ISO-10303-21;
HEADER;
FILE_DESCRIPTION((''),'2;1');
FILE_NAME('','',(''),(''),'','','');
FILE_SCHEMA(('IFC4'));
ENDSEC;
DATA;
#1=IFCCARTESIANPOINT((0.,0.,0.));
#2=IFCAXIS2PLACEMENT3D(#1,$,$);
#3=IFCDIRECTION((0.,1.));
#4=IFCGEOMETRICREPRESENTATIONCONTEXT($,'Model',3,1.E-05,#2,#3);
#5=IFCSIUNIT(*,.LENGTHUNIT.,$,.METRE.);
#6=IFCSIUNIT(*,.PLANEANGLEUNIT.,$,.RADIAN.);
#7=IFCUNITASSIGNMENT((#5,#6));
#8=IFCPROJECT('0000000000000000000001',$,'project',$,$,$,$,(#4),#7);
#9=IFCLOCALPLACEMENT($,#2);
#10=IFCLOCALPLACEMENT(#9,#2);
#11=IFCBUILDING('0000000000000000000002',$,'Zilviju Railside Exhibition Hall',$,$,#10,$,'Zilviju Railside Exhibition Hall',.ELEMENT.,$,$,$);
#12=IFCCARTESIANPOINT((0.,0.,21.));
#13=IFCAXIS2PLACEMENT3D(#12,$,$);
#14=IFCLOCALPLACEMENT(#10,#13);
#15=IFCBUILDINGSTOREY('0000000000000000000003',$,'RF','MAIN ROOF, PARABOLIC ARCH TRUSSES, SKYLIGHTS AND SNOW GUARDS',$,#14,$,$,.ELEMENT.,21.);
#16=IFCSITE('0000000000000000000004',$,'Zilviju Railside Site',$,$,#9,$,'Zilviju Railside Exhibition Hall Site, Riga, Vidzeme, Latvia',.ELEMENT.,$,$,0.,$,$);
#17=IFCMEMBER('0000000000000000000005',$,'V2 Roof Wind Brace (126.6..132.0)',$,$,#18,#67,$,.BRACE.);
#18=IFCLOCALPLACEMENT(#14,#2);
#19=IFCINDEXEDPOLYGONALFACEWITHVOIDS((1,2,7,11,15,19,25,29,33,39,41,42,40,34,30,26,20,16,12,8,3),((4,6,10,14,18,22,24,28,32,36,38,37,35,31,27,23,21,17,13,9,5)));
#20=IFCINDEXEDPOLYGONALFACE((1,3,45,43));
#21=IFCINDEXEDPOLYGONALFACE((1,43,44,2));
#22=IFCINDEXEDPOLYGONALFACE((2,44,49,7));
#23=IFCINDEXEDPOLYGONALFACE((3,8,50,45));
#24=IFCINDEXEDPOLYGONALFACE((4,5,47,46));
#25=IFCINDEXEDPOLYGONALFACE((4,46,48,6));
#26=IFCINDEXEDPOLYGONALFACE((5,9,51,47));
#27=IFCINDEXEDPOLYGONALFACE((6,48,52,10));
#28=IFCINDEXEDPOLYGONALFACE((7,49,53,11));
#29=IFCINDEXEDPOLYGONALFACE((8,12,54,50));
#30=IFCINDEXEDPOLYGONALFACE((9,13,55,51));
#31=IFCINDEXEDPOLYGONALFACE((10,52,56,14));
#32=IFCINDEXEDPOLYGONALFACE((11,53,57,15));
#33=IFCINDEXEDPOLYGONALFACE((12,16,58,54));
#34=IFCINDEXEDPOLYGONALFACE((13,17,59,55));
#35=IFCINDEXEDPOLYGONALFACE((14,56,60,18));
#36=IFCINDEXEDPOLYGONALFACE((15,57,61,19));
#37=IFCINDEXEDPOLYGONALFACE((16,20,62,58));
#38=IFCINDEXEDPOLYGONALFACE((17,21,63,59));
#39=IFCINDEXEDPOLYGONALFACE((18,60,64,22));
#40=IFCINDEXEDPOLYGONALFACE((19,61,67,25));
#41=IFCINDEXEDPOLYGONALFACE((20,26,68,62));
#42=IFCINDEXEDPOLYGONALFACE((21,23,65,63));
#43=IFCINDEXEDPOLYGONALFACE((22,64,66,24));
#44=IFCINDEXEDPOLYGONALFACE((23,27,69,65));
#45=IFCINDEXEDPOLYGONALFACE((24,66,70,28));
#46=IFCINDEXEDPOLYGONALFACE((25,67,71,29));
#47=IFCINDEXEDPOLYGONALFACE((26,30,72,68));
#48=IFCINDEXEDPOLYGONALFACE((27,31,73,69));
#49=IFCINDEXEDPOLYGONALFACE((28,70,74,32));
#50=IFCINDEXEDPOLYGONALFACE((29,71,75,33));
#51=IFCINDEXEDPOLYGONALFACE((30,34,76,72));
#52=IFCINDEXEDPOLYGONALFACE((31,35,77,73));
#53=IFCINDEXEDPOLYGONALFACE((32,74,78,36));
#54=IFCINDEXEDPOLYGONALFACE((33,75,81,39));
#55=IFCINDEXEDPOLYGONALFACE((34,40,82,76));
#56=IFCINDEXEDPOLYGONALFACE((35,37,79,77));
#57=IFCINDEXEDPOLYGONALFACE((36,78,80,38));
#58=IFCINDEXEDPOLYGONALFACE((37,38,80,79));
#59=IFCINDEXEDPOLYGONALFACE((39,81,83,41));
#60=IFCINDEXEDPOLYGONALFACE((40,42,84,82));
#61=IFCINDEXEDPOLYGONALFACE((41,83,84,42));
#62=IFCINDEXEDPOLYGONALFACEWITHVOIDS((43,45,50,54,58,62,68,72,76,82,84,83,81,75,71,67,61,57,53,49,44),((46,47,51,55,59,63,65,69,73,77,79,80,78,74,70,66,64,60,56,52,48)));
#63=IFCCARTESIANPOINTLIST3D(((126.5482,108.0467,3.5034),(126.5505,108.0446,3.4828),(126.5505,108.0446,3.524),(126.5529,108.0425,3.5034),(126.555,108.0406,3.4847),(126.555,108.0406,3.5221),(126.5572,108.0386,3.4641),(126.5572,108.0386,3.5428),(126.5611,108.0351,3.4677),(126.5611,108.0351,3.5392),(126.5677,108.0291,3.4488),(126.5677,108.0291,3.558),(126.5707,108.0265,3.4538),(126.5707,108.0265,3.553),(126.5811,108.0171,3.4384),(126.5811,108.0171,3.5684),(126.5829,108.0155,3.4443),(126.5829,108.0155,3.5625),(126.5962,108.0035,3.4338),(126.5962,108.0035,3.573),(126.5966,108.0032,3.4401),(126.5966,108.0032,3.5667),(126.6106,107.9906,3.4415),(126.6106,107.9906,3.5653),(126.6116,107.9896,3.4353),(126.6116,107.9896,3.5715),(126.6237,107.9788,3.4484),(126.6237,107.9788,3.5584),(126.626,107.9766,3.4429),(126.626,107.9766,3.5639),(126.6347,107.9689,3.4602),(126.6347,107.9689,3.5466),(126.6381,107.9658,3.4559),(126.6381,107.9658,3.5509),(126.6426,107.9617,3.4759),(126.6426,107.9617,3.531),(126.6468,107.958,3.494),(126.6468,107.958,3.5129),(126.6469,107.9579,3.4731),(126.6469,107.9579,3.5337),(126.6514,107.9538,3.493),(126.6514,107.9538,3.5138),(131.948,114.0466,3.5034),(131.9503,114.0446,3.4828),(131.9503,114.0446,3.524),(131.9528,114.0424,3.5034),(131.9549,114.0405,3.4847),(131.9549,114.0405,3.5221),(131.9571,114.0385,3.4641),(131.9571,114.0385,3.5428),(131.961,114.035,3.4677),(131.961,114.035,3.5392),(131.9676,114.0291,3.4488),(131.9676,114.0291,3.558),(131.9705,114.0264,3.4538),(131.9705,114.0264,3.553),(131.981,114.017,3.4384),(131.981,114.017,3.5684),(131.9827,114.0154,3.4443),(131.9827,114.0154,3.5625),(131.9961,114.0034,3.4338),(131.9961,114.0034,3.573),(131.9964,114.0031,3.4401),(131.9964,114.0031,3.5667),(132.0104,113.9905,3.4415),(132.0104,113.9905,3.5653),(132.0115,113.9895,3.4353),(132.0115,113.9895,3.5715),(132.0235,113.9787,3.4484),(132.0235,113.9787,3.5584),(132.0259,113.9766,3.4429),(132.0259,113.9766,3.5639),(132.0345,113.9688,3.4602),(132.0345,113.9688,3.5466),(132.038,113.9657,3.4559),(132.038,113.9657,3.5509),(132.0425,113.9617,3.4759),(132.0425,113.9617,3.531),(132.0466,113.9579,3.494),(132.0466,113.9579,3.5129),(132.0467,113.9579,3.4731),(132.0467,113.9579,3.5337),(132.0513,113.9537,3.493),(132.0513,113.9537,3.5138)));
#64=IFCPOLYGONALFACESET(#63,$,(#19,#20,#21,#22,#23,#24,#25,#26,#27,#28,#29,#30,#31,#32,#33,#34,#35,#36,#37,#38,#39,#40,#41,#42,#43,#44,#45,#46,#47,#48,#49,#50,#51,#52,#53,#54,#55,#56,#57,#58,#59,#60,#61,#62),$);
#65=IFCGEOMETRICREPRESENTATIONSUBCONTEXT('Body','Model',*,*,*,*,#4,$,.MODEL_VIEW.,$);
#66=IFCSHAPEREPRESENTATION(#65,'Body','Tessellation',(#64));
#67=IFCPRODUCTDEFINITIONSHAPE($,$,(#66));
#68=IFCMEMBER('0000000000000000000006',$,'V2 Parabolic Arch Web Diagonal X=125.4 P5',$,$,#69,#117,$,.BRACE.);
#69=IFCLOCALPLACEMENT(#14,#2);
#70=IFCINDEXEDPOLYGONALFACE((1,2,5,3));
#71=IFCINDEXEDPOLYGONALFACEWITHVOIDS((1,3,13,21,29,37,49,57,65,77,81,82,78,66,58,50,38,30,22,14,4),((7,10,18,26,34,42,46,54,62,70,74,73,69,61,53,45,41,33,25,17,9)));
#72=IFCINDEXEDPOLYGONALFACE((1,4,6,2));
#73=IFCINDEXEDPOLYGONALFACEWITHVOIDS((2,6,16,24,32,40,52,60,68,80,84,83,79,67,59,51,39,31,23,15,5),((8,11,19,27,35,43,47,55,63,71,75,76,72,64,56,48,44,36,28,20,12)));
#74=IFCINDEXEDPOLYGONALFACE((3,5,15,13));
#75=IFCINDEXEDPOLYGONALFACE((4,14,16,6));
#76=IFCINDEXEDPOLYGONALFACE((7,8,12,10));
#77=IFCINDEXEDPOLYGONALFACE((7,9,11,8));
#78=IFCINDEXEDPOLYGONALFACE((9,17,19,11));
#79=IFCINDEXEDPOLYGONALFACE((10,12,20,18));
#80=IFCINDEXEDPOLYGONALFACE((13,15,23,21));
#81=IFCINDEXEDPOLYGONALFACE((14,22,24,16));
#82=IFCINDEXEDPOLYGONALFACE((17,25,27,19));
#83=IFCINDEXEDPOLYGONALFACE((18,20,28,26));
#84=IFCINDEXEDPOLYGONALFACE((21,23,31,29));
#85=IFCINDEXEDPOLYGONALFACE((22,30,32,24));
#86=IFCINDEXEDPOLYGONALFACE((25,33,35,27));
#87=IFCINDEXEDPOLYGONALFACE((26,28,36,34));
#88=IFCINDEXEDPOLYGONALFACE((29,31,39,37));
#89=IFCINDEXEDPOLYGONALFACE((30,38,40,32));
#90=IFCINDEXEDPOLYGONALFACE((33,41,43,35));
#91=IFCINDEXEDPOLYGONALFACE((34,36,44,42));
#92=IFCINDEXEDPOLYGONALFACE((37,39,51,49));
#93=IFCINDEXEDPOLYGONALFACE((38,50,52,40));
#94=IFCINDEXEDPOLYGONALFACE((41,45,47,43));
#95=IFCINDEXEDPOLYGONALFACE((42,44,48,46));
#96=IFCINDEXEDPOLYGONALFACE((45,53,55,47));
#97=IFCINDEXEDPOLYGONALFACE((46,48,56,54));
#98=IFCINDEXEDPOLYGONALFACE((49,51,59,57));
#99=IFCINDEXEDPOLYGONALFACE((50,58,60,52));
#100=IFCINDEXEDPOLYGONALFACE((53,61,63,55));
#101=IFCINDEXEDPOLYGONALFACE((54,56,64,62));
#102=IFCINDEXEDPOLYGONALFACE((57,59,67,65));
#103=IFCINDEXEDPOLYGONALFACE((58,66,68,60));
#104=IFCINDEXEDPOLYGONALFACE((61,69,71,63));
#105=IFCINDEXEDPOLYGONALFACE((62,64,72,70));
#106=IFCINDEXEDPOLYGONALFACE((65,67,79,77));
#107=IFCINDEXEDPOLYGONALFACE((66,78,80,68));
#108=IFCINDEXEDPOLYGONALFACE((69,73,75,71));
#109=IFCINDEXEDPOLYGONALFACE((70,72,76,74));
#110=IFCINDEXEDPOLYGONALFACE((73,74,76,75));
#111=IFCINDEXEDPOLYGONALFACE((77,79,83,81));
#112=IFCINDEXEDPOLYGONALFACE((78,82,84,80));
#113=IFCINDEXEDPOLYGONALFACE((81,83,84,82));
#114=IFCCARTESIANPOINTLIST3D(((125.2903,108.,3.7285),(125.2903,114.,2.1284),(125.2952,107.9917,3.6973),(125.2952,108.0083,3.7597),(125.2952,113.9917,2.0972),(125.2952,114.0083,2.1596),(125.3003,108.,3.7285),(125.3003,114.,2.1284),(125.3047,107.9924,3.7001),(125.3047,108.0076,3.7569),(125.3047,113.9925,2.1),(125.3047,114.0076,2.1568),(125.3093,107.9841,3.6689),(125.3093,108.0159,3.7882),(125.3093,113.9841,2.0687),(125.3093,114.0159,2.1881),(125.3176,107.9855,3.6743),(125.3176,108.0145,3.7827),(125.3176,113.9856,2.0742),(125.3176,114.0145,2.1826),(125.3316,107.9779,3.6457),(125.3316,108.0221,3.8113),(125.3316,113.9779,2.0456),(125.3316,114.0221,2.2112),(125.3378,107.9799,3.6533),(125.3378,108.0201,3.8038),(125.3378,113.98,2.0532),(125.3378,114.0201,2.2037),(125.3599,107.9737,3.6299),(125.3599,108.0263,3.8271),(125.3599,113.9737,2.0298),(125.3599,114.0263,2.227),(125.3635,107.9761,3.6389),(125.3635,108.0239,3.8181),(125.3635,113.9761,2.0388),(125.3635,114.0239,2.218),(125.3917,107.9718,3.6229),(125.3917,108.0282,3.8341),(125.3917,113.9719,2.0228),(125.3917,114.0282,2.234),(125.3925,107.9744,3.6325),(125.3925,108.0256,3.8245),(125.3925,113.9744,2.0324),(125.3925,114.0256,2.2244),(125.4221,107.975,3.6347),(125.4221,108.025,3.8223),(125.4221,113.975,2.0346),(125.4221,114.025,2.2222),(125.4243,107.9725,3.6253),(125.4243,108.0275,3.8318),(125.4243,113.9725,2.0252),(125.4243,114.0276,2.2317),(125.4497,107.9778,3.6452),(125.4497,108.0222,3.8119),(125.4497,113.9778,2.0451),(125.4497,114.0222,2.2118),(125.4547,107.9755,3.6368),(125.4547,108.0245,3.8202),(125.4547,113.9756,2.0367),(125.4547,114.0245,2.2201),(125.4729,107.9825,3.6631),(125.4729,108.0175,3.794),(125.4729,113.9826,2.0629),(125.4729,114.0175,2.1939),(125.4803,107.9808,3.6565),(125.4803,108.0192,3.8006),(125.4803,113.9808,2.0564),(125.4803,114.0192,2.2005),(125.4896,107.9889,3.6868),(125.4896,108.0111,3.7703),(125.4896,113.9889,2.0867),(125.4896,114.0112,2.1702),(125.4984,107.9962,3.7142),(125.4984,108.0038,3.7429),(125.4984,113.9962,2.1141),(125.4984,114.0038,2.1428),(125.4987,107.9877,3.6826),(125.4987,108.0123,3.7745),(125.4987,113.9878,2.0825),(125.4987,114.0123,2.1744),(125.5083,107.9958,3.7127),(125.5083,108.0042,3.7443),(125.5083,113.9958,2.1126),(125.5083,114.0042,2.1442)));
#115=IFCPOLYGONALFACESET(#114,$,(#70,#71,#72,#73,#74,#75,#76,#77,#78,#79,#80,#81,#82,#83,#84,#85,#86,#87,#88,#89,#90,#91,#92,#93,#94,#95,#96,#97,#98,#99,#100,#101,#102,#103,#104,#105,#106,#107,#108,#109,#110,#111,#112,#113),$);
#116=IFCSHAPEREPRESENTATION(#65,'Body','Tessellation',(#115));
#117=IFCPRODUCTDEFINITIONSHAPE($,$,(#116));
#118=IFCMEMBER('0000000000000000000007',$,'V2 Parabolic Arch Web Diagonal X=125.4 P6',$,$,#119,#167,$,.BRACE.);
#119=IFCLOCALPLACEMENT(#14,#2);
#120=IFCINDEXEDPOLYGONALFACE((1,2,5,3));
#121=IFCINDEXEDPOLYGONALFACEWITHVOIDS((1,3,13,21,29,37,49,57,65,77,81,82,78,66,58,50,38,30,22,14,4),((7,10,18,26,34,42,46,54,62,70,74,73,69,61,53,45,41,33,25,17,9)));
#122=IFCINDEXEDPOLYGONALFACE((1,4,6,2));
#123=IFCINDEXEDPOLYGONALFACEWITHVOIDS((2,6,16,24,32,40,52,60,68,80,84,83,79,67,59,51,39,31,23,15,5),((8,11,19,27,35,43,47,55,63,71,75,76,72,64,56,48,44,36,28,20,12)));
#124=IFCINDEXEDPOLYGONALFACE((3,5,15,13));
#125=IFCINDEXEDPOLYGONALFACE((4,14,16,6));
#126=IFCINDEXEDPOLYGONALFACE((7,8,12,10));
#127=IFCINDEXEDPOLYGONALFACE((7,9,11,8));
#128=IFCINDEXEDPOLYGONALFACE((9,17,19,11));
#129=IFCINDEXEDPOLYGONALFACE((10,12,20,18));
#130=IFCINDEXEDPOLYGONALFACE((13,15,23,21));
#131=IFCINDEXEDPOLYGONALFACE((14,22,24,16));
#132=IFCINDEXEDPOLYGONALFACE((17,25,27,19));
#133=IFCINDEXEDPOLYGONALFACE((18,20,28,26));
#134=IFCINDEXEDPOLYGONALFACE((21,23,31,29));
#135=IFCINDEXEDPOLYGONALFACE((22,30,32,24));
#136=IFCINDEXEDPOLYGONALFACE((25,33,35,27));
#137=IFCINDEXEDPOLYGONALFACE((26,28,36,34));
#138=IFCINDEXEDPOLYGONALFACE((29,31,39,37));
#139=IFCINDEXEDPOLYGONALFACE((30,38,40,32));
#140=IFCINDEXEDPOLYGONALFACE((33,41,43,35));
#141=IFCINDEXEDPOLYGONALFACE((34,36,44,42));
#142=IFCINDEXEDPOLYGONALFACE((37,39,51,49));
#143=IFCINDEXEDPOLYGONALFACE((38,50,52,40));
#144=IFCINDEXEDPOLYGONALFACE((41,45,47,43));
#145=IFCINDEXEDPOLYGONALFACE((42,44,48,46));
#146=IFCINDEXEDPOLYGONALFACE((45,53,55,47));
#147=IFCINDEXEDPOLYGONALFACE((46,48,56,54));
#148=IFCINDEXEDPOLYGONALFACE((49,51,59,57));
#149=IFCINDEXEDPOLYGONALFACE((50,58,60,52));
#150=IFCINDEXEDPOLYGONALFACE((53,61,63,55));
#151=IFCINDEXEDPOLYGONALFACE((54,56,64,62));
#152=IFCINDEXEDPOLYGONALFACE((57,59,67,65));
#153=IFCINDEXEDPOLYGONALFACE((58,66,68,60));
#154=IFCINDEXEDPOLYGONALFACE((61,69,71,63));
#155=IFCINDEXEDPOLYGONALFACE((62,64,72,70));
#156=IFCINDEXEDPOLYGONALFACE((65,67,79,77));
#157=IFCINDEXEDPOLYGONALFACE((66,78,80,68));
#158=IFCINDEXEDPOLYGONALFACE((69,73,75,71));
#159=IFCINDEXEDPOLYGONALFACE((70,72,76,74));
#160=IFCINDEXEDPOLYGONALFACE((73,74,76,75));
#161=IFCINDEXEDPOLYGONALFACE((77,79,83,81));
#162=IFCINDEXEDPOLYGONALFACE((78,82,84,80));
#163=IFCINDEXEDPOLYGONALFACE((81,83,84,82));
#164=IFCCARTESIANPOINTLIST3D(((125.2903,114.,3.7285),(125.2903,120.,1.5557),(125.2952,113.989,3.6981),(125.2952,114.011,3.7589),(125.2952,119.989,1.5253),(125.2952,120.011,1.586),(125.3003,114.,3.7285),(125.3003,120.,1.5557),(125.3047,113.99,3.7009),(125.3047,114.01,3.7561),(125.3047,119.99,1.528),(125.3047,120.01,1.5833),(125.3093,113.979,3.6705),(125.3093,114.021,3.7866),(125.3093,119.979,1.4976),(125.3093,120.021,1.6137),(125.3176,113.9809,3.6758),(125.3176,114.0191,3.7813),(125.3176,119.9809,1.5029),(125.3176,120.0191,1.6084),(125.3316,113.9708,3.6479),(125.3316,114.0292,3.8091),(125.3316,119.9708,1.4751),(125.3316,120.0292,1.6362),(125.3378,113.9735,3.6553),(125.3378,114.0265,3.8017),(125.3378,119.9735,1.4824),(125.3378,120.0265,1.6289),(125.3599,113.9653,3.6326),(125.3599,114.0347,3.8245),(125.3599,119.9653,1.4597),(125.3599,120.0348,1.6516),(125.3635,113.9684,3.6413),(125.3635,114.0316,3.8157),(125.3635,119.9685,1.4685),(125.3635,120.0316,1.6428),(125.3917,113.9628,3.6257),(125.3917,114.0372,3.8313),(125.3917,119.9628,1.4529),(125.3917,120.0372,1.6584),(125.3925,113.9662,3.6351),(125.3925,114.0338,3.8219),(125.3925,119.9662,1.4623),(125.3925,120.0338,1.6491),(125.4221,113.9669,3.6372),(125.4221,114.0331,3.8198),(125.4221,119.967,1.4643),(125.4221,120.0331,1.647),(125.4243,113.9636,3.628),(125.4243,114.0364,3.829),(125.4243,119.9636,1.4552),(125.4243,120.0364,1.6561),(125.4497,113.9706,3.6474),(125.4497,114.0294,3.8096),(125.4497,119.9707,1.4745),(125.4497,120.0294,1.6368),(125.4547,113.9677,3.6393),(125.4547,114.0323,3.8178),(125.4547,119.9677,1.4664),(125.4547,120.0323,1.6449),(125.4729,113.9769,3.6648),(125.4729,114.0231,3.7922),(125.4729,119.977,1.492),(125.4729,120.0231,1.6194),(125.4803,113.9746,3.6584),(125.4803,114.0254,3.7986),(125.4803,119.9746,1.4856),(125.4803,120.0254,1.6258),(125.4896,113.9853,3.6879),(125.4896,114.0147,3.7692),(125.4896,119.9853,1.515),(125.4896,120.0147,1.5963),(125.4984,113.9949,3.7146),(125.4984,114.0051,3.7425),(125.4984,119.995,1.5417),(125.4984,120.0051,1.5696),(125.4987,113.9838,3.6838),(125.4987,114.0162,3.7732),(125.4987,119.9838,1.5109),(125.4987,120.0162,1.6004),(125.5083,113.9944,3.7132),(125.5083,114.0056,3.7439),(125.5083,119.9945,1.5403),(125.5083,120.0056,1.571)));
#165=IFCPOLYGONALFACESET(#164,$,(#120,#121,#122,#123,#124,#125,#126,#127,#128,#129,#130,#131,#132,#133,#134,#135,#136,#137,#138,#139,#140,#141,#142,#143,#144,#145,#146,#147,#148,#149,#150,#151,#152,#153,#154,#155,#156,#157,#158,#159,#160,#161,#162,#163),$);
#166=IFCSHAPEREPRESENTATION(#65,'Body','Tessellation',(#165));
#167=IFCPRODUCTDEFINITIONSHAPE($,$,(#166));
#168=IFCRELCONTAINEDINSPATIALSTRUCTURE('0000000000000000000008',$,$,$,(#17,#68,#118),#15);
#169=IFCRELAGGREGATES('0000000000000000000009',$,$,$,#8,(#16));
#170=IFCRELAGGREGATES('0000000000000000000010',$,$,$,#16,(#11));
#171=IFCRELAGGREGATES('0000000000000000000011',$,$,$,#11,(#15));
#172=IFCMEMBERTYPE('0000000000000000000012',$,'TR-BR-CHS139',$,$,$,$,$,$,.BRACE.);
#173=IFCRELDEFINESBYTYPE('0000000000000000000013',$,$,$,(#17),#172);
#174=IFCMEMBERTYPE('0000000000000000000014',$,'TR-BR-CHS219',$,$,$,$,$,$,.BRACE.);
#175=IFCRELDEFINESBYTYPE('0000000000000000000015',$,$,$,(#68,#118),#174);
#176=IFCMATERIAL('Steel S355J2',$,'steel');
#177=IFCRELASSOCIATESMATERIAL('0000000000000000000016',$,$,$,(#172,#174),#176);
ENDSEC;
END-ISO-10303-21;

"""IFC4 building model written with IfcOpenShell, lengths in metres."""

from ifc_helpers import new_model, si_unit, direction, frame, origin, origin_2d, place, context, subcontext, project, spatial, hollow_circle, extrude, material, material_profile, profile_set, type_object, element, save


model = new_model("IFC4")

# Units and contexts
model_context = context("Model", 3, precision=1e-05, world=origin(), true_north=direction((0.0, 1.0)))
body_context = subcontext(model_context, "Body", "Model", "MODEL_VIEW")
ifc_project = project(units=[si_unit("LENGTHUNIT", "METRE"), si_unit("PLANEANGLEUNIT", "RADIAN")], contexts=[model_context])

# Site, building, storey
site_placement = place(None, origin())
site = spatial("IfcSite", under=ifc_project, at=site_placement, Name="Zilviju Railside Site", LongName="Zilviju Railside Exhibition Hall Site, Riga, Vidzeme, Latvia", CompositionType="ELEMENT", RefElevation=0.0)
building_placement = place(site_placement, origin())
building = spatial("IfcBuilding", under=site, at=building_placement, Name="Zilviju Railside Exhibition Hall", LongName="Zilviju Railside Exhibition Hall", CompositionType="ELEMENT")
storey_placement = place(building_placement, frame((0.0, 0.0, 21.0)))
storey = spatial("IfcBuildingStorey", under=building, at=storey_placement, Name="RF", Description="MAIN ROOF, PARABOLIC ARCH TRUSSES, SKYLIGHTS AND SNOW GUARDS", CompositionType="ELEMENT", Elevation=21.0)

# Members
ifc_material_1 = material(Name="Steel S355J2", Category="steel")
ifc_material_profile_1 = material_profile(ifc_material_1, hollow_circle(Radius=0.0698, WallThickness=0.0063, at=origin_2d()), Name="CHS 139.7x6.3")
ifc_profile_set_1 = profile_set([ifc_material_profile_1], Name="Steel S355J2")
member_type_1 = type_object("IfcMemberType", Name="TR-BR-CHS139", PredefinedType="BRACE", material=ifc_profile_set_1)
member_1_placement = place(storey_placement, frame((126.6001, 108.0, 3.5034), z_axis=(0.668958, 0.7433, 0.0), x_axis=(-0.7433, 0.668958, 0.0)))
element("IfcMember", 1, at=member_1_placement, inside=storey, type_object=member_type_1, Name="V2 Roof Wind Brace (126.6..132.0)", PredefinedType="BRACE", context=body_context, shape_type="SweptSolid", body=[
    extrude(hollow_circle(Radius=0.0698, WallThickness=0.0063, at=origin_2d()), origin(), (0.0, 0.0, 1.0), 8.072),
])
ifc_material_profile_2 = material_profile(ifc_material_1, hollow_circle(Radius=0.1096, WallThickness=0.01, at=origin_2d()), Name="CHS 219.1x10.0")
ifc_profile_set_2 = profile_set([ifc_material_profile_2], Name="Steel S355J2")
member_type_2 = type_object("IfcMemberType", Name="TR-BR-CHS219", PredefinedType="BRACE", material=ifc_profile_set_2)
member_2_placement = place(storey_placement, frame((125.3999, 108.0, 3.7285), z_axis=(0.0, 0.966231, -0.257677), x_axis=(-1.0, 0.0, 0.0)))
element("IfcMember", 2, at=member_2_placement, inside=storey, type_object=member_type_2, Name="V2 Parabolic Arch Web Diagonal X=125.4 P5", PredefinedType="BRACE", context=body_context, shape_type="SweptSolid", body=[
    extrude(hollow_circle(Radius=0.1096, WallThickness=0.01, at=origin_2d()), origin(), (0.0, 0.0, 1.0), 6.2097),
])
member_3_placement = place(storey_placement, frame((125.3999, 114.0, 3.7285), z_axis=(0.0, 0.940244, -0.340502), x_axis=(-1.0, 0.0, 0.0)))
element("IfcMember", 3, at=member_3_placement, inside=storey, type_object=member_type_2, Name="V2 Parabolic Arch Web Diagonal X=125.4 P6", PredefinedType="BRACE", context=body_context, shape_type="SweptSolid", body=[
    extrude(hollow_circle(Radius=0.1096, WallThickness=0.01, at=origin_2d()), origin(), (0.0, 0.0, 1.0), 6.3813),
])

save(model, "model.ifc")
